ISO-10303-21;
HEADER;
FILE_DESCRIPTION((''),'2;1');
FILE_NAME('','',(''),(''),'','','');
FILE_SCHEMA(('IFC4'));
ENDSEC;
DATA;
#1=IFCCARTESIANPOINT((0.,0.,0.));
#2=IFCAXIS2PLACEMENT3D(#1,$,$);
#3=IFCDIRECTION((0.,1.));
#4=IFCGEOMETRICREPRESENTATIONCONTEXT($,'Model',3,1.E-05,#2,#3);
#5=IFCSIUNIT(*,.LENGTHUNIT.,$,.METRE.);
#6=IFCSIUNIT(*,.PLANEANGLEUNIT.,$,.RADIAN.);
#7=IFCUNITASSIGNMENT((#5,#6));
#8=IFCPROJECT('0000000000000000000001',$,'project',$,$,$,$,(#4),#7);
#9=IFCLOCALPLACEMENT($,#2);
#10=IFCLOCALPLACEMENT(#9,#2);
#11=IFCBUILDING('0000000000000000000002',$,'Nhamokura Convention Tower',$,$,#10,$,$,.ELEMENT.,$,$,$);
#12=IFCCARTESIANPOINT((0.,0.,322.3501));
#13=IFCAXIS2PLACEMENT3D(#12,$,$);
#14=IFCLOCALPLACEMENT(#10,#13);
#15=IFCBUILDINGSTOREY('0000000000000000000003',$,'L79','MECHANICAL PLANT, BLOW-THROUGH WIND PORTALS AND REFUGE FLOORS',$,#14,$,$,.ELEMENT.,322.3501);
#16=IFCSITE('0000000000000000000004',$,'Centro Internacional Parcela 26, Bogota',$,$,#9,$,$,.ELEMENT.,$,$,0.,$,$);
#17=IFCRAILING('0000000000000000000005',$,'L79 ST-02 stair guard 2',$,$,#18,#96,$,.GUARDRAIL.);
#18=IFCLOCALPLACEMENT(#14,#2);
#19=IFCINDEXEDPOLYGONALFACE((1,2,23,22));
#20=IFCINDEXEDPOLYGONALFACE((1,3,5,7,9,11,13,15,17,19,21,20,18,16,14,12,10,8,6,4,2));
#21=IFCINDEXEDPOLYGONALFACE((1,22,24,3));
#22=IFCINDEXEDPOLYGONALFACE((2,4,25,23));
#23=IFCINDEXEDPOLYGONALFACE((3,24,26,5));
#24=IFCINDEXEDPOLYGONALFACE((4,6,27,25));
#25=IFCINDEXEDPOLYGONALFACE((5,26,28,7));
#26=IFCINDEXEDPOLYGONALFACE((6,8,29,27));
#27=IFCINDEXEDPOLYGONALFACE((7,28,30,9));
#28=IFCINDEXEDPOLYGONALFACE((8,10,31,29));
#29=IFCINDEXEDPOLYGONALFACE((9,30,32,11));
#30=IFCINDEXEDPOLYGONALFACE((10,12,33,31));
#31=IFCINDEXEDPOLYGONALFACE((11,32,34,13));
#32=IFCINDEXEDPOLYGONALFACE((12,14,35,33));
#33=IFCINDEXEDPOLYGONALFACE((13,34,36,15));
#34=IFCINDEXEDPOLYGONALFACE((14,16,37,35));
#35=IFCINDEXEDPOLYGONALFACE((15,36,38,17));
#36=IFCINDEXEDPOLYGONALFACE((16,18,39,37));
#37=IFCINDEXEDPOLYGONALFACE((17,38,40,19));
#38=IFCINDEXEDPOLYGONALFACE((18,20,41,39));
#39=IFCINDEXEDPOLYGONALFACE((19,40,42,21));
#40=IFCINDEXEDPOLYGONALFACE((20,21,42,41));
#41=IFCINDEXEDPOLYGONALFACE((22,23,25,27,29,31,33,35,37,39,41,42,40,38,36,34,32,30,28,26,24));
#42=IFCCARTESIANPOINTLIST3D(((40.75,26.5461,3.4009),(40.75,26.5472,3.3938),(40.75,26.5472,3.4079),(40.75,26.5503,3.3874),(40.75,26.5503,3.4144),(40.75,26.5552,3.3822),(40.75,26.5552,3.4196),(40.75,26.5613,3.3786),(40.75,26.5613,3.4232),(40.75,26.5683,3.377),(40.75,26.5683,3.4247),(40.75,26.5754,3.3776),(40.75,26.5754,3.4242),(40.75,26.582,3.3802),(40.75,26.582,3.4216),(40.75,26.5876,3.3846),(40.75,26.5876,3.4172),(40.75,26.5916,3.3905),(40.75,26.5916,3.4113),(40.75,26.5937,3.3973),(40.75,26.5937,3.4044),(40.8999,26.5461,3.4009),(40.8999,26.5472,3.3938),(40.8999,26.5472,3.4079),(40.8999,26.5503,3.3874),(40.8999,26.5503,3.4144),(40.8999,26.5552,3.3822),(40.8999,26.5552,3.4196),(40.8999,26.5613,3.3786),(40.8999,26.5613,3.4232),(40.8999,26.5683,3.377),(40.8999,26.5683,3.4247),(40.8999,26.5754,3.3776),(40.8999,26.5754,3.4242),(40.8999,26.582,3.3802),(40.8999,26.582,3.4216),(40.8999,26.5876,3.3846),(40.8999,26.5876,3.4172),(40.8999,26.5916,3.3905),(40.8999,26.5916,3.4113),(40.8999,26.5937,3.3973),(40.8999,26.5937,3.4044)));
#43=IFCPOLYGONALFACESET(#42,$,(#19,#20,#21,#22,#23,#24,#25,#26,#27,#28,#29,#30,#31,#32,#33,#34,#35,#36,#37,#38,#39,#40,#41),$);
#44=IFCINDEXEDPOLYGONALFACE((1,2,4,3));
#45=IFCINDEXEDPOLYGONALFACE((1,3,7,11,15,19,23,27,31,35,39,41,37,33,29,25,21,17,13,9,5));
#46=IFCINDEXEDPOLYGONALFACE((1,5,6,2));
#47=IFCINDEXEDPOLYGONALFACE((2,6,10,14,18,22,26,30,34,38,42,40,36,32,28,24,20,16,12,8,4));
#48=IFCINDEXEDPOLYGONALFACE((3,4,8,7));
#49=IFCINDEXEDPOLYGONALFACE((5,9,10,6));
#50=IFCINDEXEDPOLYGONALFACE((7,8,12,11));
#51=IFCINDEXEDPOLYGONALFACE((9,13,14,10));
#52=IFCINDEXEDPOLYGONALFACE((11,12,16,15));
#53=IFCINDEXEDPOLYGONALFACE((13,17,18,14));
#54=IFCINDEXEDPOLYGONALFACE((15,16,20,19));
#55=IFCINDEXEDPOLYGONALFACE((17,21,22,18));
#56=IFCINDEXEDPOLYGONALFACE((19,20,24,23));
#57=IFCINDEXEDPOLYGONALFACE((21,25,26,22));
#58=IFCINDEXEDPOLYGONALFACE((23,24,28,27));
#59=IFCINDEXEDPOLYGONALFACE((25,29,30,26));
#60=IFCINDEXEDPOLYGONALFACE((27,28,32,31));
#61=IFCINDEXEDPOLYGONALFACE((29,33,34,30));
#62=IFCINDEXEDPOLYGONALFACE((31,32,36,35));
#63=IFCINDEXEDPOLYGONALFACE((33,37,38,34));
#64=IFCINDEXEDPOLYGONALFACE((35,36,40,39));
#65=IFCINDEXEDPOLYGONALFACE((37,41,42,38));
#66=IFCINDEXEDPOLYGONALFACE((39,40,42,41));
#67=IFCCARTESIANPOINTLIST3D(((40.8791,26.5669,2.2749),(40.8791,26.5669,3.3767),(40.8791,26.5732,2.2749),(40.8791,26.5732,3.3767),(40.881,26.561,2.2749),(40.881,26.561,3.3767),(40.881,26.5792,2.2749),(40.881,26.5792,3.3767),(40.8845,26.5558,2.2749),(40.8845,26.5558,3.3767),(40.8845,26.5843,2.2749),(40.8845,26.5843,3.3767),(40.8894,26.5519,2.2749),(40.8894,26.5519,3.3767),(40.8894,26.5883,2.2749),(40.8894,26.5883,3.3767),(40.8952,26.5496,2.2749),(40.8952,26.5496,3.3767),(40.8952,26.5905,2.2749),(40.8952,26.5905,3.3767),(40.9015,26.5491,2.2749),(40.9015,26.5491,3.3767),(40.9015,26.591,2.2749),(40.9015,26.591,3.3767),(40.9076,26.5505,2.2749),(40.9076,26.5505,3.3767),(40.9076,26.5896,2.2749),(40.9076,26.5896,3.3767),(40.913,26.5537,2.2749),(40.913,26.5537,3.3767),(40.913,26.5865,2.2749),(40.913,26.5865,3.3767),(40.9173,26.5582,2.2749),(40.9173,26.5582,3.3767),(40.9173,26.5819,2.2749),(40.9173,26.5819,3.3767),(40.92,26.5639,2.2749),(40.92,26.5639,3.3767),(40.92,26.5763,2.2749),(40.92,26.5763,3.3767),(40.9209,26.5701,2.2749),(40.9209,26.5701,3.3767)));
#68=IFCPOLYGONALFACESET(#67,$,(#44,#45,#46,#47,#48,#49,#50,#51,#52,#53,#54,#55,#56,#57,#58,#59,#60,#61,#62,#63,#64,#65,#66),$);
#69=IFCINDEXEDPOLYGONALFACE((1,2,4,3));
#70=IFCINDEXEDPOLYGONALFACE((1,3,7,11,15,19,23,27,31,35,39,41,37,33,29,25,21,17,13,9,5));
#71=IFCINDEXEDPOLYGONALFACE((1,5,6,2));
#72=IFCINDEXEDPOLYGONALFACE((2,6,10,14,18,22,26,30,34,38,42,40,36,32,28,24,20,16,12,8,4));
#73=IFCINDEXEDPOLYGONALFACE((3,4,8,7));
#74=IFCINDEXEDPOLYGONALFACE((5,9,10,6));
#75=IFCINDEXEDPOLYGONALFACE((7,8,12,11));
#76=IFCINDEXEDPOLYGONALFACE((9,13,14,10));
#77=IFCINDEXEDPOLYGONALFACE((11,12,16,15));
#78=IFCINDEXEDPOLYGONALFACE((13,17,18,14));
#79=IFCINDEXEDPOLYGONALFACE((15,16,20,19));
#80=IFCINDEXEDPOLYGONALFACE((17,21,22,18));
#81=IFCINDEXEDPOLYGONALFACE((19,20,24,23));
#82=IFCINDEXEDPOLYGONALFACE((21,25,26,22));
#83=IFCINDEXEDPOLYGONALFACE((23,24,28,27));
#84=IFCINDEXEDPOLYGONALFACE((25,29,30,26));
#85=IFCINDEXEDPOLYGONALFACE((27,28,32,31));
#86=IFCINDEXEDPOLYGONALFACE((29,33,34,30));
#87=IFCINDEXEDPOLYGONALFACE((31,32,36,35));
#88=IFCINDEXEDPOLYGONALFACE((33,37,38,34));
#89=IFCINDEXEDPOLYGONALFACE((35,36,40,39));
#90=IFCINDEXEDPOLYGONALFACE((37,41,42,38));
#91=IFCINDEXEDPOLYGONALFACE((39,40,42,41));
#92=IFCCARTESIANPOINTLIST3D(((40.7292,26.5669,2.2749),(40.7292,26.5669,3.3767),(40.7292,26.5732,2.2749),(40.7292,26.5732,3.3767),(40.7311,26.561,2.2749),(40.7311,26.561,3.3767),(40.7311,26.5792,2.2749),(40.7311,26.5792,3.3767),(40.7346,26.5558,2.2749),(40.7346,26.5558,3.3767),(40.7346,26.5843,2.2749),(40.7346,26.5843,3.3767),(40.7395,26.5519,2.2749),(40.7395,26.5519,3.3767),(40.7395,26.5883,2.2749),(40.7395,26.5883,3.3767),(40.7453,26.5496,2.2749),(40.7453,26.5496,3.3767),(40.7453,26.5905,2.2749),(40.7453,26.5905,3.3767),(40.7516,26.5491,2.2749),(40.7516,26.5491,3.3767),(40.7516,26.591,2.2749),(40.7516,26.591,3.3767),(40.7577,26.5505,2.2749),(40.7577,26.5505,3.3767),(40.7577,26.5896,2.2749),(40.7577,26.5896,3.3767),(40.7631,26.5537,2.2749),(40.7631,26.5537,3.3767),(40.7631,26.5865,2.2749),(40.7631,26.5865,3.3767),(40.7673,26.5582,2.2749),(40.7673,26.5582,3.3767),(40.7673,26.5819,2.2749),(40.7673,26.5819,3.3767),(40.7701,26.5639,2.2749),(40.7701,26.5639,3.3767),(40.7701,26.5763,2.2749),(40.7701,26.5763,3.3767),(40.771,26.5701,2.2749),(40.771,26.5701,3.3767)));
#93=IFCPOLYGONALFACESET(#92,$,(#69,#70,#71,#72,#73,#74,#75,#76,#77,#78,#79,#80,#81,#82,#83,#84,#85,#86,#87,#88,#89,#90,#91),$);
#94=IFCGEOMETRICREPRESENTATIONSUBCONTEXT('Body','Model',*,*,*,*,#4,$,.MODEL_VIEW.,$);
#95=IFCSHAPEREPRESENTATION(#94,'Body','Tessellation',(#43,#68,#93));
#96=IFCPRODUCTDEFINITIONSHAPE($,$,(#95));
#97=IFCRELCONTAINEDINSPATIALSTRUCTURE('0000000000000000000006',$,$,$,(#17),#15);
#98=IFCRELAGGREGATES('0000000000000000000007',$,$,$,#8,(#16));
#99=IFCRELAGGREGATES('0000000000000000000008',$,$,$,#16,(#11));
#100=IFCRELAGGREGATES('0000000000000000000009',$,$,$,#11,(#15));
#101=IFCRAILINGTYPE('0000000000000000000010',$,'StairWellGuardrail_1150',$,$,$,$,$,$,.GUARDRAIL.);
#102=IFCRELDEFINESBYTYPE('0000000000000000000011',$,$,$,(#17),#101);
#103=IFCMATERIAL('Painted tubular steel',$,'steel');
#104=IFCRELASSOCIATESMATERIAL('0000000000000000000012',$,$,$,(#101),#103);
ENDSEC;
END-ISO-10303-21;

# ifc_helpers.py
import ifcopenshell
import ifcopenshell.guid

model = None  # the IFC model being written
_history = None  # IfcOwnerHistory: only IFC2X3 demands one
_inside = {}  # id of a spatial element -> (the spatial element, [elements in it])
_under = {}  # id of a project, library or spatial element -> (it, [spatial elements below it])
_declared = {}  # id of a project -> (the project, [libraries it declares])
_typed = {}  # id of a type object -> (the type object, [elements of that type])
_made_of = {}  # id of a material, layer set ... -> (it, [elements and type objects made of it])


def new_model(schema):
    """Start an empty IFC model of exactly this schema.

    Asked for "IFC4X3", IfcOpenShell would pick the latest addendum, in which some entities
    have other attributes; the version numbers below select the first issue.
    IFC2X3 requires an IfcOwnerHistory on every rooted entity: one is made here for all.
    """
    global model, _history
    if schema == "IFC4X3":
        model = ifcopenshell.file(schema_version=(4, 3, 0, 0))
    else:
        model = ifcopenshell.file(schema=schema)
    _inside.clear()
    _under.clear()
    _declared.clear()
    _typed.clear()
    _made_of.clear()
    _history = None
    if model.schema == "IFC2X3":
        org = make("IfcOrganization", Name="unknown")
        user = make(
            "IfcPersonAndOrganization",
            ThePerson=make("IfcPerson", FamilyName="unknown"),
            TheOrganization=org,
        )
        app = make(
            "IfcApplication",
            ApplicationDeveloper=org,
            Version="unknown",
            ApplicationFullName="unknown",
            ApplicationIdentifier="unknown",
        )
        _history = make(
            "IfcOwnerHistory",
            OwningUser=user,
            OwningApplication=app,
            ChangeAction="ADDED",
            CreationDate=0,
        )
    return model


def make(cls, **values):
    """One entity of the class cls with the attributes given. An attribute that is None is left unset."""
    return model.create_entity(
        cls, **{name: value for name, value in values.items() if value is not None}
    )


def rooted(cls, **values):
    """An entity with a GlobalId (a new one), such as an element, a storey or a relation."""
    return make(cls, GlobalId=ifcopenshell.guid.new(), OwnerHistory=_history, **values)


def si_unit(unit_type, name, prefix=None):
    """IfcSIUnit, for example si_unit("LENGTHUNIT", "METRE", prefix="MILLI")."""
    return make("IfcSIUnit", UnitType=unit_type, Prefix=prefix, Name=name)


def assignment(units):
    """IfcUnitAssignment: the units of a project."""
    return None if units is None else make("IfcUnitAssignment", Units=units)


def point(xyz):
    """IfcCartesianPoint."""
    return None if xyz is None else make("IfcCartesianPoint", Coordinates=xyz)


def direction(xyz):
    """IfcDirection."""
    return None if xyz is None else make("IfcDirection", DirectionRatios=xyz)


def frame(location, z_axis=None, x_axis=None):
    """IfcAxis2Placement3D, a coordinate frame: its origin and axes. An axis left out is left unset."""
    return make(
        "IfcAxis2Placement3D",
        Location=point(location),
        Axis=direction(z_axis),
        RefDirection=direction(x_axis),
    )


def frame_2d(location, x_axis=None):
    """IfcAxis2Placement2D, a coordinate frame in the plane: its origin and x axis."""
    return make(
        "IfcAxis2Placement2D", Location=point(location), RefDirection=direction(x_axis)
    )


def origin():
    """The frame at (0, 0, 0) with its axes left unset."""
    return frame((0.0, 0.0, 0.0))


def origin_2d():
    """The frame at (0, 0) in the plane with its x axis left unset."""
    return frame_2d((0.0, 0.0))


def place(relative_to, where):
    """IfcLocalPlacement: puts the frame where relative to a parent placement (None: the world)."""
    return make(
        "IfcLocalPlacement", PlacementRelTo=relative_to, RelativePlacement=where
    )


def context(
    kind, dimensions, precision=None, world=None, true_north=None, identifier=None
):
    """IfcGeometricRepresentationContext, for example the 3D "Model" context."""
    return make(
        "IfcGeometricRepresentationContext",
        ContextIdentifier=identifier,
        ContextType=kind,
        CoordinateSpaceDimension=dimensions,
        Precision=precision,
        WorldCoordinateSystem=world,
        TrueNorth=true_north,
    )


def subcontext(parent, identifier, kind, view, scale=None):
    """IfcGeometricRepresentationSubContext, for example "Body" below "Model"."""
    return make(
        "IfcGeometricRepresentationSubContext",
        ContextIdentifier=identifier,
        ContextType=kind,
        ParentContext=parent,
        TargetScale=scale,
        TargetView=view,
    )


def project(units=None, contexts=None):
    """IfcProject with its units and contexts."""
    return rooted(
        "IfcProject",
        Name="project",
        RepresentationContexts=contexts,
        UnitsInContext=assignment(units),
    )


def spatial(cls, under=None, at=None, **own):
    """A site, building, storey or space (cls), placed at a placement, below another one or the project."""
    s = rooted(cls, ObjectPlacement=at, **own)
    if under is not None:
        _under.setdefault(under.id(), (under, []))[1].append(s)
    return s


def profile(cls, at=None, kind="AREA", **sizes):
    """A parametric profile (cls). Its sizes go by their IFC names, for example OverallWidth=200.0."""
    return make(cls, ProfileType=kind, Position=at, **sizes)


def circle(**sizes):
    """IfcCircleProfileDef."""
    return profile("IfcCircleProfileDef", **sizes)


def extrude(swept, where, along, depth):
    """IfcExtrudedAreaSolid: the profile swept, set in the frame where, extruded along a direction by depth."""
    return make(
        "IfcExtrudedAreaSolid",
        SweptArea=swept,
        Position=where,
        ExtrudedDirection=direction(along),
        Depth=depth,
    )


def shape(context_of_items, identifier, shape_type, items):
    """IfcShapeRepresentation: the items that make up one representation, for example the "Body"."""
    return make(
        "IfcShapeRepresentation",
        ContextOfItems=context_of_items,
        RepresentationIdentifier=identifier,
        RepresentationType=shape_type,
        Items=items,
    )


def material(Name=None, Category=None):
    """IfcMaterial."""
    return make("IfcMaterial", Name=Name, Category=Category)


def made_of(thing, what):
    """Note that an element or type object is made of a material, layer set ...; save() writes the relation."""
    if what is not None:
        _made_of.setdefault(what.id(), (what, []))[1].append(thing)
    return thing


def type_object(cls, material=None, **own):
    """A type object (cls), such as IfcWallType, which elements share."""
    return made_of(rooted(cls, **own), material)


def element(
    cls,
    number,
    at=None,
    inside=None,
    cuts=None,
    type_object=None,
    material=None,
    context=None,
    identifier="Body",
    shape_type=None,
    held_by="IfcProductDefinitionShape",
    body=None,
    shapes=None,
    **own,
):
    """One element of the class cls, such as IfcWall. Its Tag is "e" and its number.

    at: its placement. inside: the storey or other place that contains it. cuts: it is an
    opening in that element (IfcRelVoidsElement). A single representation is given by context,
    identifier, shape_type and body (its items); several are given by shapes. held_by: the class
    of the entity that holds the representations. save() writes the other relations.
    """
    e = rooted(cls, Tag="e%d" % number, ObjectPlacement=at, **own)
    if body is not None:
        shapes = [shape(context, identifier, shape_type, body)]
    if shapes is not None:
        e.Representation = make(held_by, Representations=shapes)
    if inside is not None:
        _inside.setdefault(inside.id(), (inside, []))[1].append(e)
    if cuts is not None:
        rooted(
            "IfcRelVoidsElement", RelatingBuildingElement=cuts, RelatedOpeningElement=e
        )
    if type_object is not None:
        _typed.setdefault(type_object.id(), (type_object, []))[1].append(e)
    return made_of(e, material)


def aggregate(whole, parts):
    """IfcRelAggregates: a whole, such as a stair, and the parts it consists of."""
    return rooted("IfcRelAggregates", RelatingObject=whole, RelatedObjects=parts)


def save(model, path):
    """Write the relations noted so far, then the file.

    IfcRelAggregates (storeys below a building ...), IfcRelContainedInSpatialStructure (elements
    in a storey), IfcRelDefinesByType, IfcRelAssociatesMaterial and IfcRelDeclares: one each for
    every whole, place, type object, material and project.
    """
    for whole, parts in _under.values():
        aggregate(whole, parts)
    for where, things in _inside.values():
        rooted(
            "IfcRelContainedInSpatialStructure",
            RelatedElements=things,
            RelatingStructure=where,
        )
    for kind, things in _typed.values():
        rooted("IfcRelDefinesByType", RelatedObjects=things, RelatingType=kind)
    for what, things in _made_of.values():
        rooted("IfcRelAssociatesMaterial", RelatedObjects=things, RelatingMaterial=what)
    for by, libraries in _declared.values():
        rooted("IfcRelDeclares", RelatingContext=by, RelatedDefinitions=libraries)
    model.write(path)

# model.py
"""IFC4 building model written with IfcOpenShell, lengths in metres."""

from ifc_helpers import new_model, si_unit, direction, frame, origin, origin_2d, place, context, subcontext, project, spatial, circle, extrude, material, type_object, element, save


model = new_model("IFC4")

# Units and contexts
model_context = context("Model", 3, precision=1e-05, world=origin(), true_north=direction((0.0, 1.0)))
body_context = subcontext(model_context, "Body", "Model", "MODEL_VIEW")
ifc_project = project(units=[si_unit("LENGTHUNIT", "METRE"), si_unit("PLANEANGLEUNIT", "RADIAN")], contexts=[model_context])

# Site, building, storey
site_placement = place(None, origin())
site = spatial("IfcSite", under=ifc_project, at=site_placement, Name="Centro Internacional Parcela 26, Bogota", CompositionType="ELEMENT", RefElevation=0.0)
building_placement = place(site_placement, origin())
building = spatial("IfcBuilding", under=site, at=building_placement, Name="Nhamokura Convention Tower", CompositionType="ELEMENT")
storey_placement = place(building_placement, frame((0.0, 0.0, 322.3501)))
storey = spatial("IfcBuildingStorey", under=building, at=storey_placement, Name="L79", Description="MECHANICAL PLANT, BLOW-THROUGH WIND PORTALS AND REFUGE FLOORS", CompositionType="ELEMENT", Elevation=322.3501)

# Railing
ifc_material_1 = material(Name="Painted tubular steel", Category="steel")
railing_type_1 = type_object("IfcRailingType", Name="StairWellGuardrail_1150", PredefinedType="GUARDRAIL", material=ifc_material_1)
railing_1_placement = place(storey_placement, frame((40.8999, 26.5701, 2.2749)))
element("IfcRailing", 1, at=railing_1_placement, inside=storey, type_object=railing_type_1, Name="L79 ST-02 stair guard 2", PredefinedType="GUARDRAIL", context=body_context, shape_type="SweptSolid", body=[
    extrude(circle(Radius=0.0239, at=origin_2d()), frame((0.0, 0.0, 1.126), z_axis=(-1.0, 0.0, 0.0), x_axis=(0.0, -1.0, 0.0)), (0.0, 0.0, 1.0), 0.1499),
    extrude(circle(Radius=0.021, at=origin_2d()), origin(), (0.0, 0.0, 1.0), 1.1018),
    extrude(circle(Radius=0.021, at=origin_2d()), frame((-0.1499, 0.0, 0.0)), (0.0, 0.0, 1.0), 1.1018),
])

save(model, "model.ifc")
